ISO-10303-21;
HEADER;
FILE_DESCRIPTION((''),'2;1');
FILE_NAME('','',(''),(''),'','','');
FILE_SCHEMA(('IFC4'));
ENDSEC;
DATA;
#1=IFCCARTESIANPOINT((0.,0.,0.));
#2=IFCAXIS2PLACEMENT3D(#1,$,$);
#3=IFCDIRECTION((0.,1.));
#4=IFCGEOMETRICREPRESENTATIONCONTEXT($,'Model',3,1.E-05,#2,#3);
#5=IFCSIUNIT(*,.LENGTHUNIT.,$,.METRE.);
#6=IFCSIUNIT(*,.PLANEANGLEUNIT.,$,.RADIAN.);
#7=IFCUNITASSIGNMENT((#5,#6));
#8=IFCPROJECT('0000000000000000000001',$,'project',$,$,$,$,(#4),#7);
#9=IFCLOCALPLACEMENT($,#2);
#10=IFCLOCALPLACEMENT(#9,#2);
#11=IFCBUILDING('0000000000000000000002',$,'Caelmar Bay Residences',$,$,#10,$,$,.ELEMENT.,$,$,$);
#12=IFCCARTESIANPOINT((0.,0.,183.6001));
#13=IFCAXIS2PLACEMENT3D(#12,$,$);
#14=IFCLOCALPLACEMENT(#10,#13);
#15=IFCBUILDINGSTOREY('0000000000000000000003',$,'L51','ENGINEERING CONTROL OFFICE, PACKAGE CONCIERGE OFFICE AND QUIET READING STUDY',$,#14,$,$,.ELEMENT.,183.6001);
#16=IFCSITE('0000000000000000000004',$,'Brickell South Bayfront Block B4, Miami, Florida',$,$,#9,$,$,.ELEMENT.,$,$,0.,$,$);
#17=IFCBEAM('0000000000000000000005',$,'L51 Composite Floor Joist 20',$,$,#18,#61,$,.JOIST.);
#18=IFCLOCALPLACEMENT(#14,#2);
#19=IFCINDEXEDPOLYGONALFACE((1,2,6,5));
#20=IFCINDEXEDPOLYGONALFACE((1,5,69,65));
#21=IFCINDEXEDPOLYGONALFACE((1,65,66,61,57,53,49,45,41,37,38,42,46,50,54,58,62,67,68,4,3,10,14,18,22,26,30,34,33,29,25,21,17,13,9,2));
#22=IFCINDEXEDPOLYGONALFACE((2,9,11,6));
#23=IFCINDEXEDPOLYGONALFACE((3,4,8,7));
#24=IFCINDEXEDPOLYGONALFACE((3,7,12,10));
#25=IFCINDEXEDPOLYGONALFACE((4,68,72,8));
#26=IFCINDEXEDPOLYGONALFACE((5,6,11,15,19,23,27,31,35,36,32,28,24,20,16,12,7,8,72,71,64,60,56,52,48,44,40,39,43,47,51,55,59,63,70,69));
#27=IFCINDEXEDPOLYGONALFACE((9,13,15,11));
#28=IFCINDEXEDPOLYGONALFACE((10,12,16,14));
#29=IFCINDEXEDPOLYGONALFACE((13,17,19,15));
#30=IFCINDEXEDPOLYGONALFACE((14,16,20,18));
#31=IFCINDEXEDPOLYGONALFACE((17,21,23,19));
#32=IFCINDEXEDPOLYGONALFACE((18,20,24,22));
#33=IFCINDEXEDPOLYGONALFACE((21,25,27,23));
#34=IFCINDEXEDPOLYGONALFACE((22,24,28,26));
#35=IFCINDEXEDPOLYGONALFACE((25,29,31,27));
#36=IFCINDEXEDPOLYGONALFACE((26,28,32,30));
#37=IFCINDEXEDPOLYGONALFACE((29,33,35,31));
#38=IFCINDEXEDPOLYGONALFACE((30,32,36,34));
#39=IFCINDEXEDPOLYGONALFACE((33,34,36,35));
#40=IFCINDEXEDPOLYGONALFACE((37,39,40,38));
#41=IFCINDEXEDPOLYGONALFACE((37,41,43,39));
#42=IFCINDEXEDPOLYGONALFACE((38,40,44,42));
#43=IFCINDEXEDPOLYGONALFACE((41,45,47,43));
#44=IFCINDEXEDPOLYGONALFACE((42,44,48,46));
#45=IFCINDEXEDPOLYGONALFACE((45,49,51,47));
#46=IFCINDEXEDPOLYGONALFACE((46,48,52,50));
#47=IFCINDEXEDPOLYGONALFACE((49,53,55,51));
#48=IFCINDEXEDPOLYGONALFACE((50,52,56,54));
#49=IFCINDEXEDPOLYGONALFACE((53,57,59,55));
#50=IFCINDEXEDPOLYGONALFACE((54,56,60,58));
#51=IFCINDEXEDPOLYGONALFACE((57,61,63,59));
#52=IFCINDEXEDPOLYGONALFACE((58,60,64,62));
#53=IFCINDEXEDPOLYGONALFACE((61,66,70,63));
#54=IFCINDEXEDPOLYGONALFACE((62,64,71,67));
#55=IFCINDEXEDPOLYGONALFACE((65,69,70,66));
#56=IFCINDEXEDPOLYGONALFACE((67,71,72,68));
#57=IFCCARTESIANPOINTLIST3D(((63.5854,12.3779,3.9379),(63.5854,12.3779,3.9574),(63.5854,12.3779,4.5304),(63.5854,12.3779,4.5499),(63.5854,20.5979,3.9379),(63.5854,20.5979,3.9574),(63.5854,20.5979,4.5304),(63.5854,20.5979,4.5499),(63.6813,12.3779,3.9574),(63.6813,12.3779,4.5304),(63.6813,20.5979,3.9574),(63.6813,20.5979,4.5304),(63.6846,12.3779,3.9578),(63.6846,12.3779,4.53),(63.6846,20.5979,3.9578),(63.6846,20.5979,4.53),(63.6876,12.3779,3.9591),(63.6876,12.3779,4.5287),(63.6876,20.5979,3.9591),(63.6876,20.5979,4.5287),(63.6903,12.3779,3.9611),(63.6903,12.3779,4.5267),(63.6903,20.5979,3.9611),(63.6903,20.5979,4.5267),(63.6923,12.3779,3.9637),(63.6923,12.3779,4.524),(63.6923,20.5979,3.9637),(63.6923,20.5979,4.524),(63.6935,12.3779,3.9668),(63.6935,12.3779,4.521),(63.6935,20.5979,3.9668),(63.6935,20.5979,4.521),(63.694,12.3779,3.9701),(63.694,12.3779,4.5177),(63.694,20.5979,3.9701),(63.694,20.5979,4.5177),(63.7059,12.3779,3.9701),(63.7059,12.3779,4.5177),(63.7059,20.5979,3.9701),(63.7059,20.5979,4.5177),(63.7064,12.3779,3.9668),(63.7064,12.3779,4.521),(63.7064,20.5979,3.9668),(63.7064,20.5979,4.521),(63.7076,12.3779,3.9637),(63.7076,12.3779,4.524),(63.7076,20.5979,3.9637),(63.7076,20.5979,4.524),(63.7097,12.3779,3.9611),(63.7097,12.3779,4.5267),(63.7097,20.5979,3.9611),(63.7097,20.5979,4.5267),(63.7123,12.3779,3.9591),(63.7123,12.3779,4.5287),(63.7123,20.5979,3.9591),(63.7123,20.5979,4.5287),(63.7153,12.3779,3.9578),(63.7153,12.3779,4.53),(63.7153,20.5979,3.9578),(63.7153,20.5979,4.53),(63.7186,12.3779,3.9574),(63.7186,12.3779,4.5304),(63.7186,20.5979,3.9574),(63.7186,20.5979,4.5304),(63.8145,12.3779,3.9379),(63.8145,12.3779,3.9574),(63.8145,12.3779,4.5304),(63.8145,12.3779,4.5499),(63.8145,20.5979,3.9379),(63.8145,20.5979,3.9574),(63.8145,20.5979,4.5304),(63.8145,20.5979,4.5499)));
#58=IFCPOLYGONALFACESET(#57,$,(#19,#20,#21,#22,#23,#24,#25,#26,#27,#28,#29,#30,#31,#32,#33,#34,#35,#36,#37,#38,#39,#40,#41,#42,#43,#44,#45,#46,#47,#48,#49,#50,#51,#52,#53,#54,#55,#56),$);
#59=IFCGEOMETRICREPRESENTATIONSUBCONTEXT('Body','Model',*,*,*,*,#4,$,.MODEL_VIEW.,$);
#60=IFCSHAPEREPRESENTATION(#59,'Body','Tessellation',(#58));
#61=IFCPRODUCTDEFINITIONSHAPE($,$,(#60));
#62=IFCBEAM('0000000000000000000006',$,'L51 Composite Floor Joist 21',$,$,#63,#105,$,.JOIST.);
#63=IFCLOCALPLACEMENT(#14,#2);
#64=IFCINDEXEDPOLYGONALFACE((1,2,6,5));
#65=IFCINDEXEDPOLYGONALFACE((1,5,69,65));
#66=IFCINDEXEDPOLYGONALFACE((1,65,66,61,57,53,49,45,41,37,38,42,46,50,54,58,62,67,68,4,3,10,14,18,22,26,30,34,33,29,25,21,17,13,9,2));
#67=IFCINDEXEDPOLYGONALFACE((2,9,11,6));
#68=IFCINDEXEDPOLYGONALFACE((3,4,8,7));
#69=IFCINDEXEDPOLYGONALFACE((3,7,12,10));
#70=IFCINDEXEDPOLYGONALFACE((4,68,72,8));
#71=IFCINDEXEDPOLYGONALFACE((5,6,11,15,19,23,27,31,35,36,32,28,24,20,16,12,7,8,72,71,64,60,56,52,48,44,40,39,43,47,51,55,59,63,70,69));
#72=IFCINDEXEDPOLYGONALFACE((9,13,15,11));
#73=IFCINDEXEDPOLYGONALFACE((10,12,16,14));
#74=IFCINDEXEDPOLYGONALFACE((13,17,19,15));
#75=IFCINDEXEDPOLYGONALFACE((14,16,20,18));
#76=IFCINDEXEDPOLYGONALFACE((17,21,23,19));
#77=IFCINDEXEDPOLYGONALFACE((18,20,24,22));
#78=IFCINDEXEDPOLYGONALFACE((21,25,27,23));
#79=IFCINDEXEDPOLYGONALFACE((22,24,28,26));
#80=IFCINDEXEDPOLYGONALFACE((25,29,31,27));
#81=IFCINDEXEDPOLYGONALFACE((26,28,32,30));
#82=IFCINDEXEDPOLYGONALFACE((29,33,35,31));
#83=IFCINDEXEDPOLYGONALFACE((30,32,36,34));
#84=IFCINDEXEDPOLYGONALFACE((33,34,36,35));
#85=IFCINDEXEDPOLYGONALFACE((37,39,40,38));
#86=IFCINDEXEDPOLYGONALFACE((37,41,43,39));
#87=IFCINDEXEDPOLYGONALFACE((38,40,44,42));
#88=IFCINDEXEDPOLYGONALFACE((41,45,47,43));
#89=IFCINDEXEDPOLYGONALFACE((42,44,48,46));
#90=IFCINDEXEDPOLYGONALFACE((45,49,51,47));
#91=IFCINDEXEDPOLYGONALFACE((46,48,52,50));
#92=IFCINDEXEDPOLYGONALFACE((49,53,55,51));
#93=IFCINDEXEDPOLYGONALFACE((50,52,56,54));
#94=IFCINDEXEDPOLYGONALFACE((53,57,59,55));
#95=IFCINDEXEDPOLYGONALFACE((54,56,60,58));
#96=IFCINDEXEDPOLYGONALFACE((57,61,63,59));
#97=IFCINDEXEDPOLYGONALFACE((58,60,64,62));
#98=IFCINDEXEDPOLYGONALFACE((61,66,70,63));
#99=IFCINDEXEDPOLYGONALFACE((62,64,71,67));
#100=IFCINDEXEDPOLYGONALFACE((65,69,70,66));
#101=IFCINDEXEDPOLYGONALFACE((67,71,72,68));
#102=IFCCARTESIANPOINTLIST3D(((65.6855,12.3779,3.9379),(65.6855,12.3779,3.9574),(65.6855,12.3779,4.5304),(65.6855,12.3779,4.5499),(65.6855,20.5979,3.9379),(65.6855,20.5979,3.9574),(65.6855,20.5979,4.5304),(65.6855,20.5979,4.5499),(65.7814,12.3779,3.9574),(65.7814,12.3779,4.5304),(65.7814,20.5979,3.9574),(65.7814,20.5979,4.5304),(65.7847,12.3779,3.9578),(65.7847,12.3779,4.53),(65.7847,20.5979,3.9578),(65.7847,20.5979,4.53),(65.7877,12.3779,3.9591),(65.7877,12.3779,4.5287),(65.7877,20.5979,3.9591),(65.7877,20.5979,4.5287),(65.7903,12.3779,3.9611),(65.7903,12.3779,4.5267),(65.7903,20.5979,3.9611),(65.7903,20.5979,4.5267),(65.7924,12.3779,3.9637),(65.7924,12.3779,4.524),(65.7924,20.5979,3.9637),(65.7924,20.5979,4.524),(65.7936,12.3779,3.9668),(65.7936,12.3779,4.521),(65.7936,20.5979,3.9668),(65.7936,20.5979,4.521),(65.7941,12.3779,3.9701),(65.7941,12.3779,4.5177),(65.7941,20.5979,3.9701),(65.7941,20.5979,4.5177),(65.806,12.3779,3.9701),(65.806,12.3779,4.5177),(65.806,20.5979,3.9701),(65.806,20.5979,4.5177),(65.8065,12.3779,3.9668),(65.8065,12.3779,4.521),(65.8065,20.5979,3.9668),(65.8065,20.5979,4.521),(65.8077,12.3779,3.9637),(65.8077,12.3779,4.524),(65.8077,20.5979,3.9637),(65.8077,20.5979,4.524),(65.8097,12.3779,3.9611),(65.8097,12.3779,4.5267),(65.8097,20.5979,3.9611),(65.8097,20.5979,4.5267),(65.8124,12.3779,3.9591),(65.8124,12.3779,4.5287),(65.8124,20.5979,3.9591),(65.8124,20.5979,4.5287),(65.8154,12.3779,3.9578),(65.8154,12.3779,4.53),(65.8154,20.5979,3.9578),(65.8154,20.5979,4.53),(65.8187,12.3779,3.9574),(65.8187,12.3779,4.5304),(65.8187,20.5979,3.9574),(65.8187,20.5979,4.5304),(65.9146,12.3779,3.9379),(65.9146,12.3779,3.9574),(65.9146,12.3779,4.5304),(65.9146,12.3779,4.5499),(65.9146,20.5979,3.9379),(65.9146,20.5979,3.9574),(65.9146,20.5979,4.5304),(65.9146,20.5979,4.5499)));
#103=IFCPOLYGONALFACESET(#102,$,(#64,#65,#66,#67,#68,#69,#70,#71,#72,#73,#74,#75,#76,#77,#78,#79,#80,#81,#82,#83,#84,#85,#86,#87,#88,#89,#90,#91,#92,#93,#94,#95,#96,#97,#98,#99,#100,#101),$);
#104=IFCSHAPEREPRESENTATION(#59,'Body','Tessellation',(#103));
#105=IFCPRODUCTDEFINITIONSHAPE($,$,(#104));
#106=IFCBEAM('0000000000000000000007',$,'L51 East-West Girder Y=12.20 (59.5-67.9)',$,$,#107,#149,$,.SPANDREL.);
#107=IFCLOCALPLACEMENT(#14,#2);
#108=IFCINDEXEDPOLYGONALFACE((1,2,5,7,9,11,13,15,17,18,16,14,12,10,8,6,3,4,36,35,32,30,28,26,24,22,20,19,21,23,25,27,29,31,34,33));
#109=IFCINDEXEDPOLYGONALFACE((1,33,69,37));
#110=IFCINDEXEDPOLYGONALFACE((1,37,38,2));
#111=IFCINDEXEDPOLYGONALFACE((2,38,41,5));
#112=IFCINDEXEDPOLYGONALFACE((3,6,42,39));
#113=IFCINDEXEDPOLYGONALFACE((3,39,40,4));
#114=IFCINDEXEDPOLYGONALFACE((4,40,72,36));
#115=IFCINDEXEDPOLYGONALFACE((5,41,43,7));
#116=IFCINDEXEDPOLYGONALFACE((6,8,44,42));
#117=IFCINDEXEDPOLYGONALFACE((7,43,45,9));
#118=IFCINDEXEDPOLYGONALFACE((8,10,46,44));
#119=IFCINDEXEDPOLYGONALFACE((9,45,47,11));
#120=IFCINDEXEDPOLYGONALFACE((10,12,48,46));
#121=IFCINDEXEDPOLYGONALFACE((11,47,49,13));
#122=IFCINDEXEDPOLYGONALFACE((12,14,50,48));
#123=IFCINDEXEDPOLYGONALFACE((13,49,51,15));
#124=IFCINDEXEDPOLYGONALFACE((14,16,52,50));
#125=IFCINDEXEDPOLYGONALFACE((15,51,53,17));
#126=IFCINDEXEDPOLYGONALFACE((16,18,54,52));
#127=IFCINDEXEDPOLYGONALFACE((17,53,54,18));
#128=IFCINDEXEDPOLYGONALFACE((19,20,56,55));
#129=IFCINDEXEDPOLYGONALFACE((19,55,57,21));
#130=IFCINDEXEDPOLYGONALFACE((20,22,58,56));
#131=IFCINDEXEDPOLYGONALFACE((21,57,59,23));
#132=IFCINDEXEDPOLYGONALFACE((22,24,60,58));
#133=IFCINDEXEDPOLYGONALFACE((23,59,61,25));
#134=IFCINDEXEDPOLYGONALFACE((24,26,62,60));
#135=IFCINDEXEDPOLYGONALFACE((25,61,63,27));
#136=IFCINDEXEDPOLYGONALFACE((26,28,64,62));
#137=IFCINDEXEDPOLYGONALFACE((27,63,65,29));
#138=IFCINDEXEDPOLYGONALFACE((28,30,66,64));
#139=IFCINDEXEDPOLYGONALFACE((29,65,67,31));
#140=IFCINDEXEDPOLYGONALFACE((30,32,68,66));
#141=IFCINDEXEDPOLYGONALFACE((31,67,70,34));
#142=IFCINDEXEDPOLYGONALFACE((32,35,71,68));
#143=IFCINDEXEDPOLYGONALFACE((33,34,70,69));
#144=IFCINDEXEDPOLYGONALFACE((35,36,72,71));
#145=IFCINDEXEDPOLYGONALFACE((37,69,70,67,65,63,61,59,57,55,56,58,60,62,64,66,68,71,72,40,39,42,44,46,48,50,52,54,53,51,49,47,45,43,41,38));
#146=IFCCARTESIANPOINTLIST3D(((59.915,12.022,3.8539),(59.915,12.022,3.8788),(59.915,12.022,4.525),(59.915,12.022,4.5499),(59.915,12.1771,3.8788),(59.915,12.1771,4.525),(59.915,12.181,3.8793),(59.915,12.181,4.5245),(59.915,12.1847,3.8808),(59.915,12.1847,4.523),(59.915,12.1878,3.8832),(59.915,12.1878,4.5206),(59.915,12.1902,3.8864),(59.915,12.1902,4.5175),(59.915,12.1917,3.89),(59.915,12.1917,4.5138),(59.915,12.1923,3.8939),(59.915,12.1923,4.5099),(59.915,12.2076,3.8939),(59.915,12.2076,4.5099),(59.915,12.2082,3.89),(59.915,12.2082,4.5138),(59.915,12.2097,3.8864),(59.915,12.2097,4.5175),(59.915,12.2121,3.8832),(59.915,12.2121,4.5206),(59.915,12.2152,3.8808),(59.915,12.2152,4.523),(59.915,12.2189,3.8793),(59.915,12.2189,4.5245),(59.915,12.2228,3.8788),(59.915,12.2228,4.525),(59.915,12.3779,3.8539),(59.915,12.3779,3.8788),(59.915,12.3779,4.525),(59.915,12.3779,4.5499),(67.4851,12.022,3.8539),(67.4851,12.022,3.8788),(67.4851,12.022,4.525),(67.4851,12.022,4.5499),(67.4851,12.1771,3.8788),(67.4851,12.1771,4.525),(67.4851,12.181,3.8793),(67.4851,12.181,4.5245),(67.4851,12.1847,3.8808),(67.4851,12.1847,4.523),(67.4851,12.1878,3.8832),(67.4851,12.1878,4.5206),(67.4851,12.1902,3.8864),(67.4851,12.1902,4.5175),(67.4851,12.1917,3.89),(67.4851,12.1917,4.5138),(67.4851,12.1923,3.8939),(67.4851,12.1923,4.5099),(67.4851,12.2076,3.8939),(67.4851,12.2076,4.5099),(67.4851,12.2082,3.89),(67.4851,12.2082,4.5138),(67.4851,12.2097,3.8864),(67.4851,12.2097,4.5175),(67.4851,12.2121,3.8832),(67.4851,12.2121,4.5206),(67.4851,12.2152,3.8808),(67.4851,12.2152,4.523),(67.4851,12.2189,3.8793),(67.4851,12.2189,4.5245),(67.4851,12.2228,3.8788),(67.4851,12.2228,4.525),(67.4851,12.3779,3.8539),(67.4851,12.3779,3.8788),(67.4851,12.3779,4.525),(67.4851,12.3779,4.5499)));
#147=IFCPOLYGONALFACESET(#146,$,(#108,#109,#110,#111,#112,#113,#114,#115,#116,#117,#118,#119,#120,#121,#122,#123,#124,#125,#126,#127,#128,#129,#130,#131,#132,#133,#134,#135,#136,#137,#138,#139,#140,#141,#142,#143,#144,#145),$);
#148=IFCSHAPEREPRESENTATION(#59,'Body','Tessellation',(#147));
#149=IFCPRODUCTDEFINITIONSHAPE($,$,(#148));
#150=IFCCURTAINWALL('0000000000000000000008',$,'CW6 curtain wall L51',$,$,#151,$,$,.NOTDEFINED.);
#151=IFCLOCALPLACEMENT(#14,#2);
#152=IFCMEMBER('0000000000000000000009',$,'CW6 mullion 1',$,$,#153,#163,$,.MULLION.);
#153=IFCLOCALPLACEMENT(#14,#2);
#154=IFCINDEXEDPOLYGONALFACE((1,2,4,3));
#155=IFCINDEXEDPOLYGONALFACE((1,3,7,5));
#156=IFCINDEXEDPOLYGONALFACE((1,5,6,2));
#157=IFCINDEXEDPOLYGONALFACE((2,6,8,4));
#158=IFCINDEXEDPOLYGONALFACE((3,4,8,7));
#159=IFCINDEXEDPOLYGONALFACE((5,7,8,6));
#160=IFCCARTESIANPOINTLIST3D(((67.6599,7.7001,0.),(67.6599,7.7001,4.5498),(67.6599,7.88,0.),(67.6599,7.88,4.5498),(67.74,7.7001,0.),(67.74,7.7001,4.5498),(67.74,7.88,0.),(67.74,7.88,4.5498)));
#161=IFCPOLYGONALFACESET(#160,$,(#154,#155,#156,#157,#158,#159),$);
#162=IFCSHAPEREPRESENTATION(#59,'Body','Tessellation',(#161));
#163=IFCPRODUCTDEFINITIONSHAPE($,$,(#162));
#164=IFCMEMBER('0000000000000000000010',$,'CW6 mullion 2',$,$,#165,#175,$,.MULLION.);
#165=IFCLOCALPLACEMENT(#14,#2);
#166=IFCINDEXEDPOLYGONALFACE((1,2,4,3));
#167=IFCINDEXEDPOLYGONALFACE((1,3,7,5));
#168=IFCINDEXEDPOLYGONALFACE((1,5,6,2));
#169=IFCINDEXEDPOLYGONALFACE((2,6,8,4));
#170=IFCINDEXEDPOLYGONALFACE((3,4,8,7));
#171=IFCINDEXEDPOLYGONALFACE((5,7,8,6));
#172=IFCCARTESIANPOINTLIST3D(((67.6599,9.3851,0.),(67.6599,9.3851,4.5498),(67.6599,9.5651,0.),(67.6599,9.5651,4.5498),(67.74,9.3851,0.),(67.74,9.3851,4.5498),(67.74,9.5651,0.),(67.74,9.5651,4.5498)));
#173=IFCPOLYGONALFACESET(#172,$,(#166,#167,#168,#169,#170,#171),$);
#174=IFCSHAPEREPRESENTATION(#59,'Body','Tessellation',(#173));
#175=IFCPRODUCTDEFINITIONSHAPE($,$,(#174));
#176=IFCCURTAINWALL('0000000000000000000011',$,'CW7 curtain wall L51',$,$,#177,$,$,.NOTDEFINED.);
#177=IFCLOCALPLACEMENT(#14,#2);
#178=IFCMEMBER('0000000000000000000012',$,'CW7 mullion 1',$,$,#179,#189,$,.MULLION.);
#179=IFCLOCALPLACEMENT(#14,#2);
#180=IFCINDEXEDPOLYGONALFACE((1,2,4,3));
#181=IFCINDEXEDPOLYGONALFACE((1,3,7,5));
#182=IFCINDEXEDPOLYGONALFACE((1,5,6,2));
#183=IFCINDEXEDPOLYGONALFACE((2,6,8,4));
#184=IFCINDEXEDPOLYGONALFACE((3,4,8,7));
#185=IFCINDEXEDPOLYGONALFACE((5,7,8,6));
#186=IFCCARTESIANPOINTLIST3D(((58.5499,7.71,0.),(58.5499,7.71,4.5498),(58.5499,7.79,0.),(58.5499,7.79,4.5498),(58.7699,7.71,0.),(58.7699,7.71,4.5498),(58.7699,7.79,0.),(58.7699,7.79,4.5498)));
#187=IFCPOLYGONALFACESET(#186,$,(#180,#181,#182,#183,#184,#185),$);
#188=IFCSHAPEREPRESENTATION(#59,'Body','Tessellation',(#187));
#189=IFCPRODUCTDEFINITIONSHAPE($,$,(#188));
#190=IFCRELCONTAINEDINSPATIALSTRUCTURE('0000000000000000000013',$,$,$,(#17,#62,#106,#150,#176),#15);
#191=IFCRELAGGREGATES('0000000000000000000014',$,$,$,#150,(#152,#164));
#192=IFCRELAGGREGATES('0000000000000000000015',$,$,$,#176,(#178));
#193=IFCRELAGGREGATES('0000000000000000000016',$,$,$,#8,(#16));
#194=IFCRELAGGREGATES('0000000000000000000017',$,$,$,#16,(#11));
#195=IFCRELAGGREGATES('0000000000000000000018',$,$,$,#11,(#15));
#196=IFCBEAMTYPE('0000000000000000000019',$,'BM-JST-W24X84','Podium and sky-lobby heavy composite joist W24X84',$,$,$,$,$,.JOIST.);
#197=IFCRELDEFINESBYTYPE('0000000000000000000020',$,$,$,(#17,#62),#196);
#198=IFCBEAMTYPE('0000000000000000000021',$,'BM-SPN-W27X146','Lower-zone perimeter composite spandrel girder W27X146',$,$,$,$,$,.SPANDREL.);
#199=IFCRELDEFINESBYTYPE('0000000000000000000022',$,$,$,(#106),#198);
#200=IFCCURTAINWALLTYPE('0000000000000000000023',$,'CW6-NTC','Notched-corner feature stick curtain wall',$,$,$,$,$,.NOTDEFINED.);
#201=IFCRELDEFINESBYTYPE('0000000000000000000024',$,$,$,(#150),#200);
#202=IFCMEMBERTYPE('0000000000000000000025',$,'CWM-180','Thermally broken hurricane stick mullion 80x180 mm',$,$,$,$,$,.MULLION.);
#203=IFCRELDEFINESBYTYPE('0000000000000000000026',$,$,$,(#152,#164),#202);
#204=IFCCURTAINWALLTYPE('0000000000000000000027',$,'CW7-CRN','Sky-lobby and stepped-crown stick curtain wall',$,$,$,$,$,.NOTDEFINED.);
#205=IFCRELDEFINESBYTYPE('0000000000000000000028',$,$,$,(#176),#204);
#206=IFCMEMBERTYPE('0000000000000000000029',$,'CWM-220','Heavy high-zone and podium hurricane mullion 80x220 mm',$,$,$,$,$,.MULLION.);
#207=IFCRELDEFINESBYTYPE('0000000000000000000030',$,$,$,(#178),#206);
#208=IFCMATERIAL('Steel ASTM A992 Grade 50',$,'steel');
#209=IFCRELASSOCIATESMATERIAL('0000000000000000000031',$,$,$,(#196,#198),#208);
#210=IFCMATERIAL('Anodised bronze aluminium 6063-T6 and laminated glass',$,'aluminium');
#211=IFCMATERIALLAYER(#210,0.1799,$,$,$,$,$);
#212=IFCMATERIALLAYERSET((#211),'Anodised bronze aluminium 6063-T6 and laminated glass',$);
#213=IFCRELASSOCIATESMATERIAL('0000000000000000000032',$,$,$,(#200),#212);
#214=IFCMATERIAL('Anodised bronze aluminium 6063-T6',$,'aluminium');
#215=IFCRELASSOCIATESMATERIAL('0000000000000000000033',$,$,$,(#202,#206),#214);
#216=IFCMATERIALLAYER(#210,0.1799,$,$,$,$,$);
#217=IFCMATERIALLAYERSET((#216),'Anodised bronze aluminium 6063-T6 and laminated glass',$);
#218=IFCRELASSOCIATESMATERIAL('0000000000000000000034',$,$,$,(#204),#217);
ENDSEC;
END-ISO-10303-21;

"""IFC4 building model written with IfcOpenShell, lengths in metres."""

from ifc_helpers import new_model, si_unit, direction, frame, origin, origin_2d, place, context, subcontext, project, spatial, rectangle, i_section, extrude, material, layer, layer_set, material_profile, profile_set, type_object, element, aggregate, save


model = new_model("IFC4")

# Units and contexts
model_context = context("Model", 3, precision=1e-05, world=origin(), true_north=direction((0.0, 1.0)))
body_context = subcontext(model_context, "Body", "Model", "MODEL_VIEW")
ifc_project = project(units=[si_unit("LENGTHUNIT", "METRE"), si_unit("PLANEANGLEUNIT", "RADIAN")], contexts=[model_context])

# Site, building, storey
site_placement = place(None, origin())
site = spatial("IfcSite", under=ifc_project, at=site_placement, Name="Brickell South Bayfront Block B4, Miami, Florida", CompositionType="ELEMENT", RefElevation=0.0)
building_placement = place(site_placement, origin())
building = spatial("IfcBuilding", under=site, at=building_placement, Name="Caelmar Bay Residences", CompositionType="ELEMENT")
storey_placement = place(building_placement, frame((0.0, 0.0, 183.6001)))
storey = spatial("IfcBuildingStorey", under=building, at=storey_placement, Name="L51", Description="ENGINEERING CONTROL OFFICE, PACKAGE CONCIERGE OFFICE AND QUIET READING STUDY", CompositionType="ELEMENT", Elevation=183.6001)

# Beams
ifc_material_1 = material(Name="Steel ASTM A992 Grade 50", Category="steel")
ifc_material_profile_1 = material_profile(ifc_material_1, i_section(OverallWidth=0.229, OverallDepth=0.6121, WebThickness=0.012, FlangeThickness=0.0195, FilletRadius=0.0127, at=origin_2d()), Name="W24X84")
ifc_profile_set_1 = profile_set([ifc_material_profile_1], Name="Steel ASTM A992 Grade 50")
beam_type_1 = type_object("IfcBeamType", Name="BM-JST-W24X84", Description="Podium and sky-lobby heavy composite joist W24X84", PredefinedType="JOIST", material=ifc_profile_set_1)
for number, where, z_axis, x_axis, name in (
    (1, (63.7, 12.3779, 4.2439), (0.0, 1.0, 0.0), (-1.0, 0.0, 0.0), "L51 Composite Floor Joist 20"),
    (2, (65.8, 12.3779, 4.2439), (0.0, 1.0, 0.0), (-1.0, 0.0, 0.0), "L51 Composite Floor Joist 21"),
):
    element("IfcBeam", number, at=place(storey_placement, frame(where, z_axis=z_axis, x_axis=x_axis)), inside=storey, type_object=beam_type_1, Name=name, PredefinedType="JOIST", context=body_context, shape_type="SweptSolid", body=[
        extrude(i_section(OverallWidth=0.229, OverallDepth=0.6121, WebThickness=0.012, FlangeThickness=0.0195, FilletRadius=0.0127, at=origin_2d()), origin(), (0.0, 0.0, 1.0), 8.22),
    ])
ifc_material_profile_2 = material_profile(ifc_material_1, i_section(OverallWidth=0.356, OverallDepth=0.696, WebThickness=0.0154, FlangeThickness=0.0249, FilletRadius=0.0151, at=origin_2d()), Name="W27X146")
ifc_profile_set_2 = profile_set([ifc_material_profile_2], Name="Steel ASTM A992 Grade 50")
beam_type_2 = type_object("IfcBeamType", Name="BM-SPN-W27X146", Description="Lower-zone perimeter composite spandrel girder W27X146", PredefinedType="SPANDREL", material=ifc_profile_set_2)
beam_1_placement = place(storey_placement, frame((59.915, 12.2, 4.2019), z_axis=(1.0, 0.0, 0.0), x_axis=(0.0, 1.0, 0.0)))
element("IfcBeam", 3, at=beam_1_placement, inside=storey, type_object=beam_type_2, Name="L51 East-West Girder Y=12.20 (59.5-67.9)", PredefinedType="SPANDREL", context=body_context, shape_type="SweptSolid", body=[
    extrude(i_section(OverallWidth=0.356, OverallDepth=0.696, WebThickness=0.0154, FlangeThickness=0.0249, FilletRadius=0.0151, at=origin_2d()), origin(), (0.0, 0.0, 1.0), 7.5701),
])

# Curtain wall, members
ifc_material_2 = material(Name="Anodised bronze aluminium 6063-T6 and laminated glass", Category="aluminium")
ifc_layer_1 = layer(ifc_material_2, 0.1799)
ifc_layer_set_1 = layer_set([ifc_layer_1], Name="Anodised bronze aluminium 6063-T6 and laminated glass")
curtain_wall_type_1 = type_object("IfcCurtainWallType", Name="CW6-NTC", Description="Notched-corner feature stick curtain wall", PredefinedType="NOTDEFINED", material=ifc_layer_set_1)
curtain_wall_1_placement = place(storey_placement, origin())
curtain_wall_1 = element("IfcCurtainWall", 4, at=curtain_wall_1_placement, inside=storey, type_object=curtain_wall_type_1, Name="CW6 curtain wall L51", PredefinedType="NOTDEFINED")
ifc_material_3 = material(Name="Anodised bronze aluminium 6063-T6", Category="aluminium")
ifc_material_profile_3 = material_profile(ifc_material_3, rectangle(XDim=0.0801, YDim=0.1799, at=origin_2d()), Name="CWM-80X180")
ifc_profile_set_3 = profile_set([ifc_material_profile_3], Name="Anodised bronze aluminium 6063-T6")
member_type_1 = type_object("IfcMemberType", Name="CWM-180", Description="Thermally broken hurricane stick mullion 80x180 mm", PredefinedType="MULLION", material=ifc_profile_set_3)
member_1_placement = place(storey_placement, frame((67.7, 7.79, 0.0), z_axis=(0.0, 0.0, 1.0), x_axis=(-1.0, 0.0, 0.0)))
member_1 = element("IfcMember", 5, at=member_1_placement, type_object=member_type_1, Name="CW6 mullion 1", PredefinedType="MULLION", context=body_context, shape_type="SweptSolid", body=[
    extrude(rectangle(XDim=0.0801, YDim=0.1799, at=origin_2d()), origin(), (0.0, 0.0, 1.0), 4.5498),
])
member_2_placement = place(storey_placement, frame((67.7, 9.4751, 0.0), z_axis=(0.0, 0.0, 1.0), x_axis=(-1.0, 0.0, 0.0)))
member_2 = element("IfcMember", 6, at=member_2_placement, type_object=member_type_1, Name="CW6 mullion 2", PredefinedType="MULLION", context=body_context, shape_type="SweptSolid", body=[
    extrude(rectangle(XDim=0.0801, YDim=0.1799, at=origin_2d()), origin(), (0.0, 0.0, 1.0), 4.5498),
])

# Curtain wall, member
ifc_layer_2 = layer(ifc_material_2, 0.1799)
ifc_layer_set_2 = layer_set([ifc_layer_2], Name="Anodised bronze aluminium 6063-T6 and laminated glass")
curtain_wall_type_2 = type_object("IfcCurtainWallType", Name="CW7-CRN", Description="Sky-lobby and stepped-crown stick curtain wall", PredefinedType="NOTDEFINED", material=ifc_layer_set_2)
curtain_wall_2_placement = place(storey_placement, origin())
curtain_wall_2 = element("IfcCurtainWall", 7, at=curtain_wall_2_placement, inside=storey, type_object=curtain_wall_type_2, Name="CW7 curtain wall L51", PredefinedType="NOTDEFINED")
ifc_material_profile_4 = material_profile(ifc_material_3, rectangle(XDim=0.0801, YDim=0.22, at=origin_2d()), Name="CWM-80X220")
ifc_profile_set_4 = profile_set([ifc_material_profile_4], Name="Anodised bronze aluminium 6063-T6")
member_type_2 = type_object("IfcMemberType", Name="CWM-220", Description="Heavy high-zone and podium hurricane mullion 80x220 mm", PredefinedType="MULLION", material=ifc_profile_set_4)
member_3_placement = place(storey_placement, frame((58.6599, 7.75, 0.0), z_axis=(0.0, 0.0, 1.0), x_axis=(0.0, -1.0, 0.0)))
member_3 = element("IfcMember", 8, at=member_3_placement, type_object=member_type_2, Name="CW7 mullion 1", PredefinedType="MULLION", context=body_context, shape_type="SweptSolid", body=[
    extrude(rectangle(XDim=0.0801, YDim=0.22, at=origin_2d()), origin(), (0.0, 0.0, 1.0), 4.5498),
])

aggregate(curtain_wall_1, [member_1, member_2])
aggregate(curtain_wall_2, [member_3])

save(model, "model.ifc")
